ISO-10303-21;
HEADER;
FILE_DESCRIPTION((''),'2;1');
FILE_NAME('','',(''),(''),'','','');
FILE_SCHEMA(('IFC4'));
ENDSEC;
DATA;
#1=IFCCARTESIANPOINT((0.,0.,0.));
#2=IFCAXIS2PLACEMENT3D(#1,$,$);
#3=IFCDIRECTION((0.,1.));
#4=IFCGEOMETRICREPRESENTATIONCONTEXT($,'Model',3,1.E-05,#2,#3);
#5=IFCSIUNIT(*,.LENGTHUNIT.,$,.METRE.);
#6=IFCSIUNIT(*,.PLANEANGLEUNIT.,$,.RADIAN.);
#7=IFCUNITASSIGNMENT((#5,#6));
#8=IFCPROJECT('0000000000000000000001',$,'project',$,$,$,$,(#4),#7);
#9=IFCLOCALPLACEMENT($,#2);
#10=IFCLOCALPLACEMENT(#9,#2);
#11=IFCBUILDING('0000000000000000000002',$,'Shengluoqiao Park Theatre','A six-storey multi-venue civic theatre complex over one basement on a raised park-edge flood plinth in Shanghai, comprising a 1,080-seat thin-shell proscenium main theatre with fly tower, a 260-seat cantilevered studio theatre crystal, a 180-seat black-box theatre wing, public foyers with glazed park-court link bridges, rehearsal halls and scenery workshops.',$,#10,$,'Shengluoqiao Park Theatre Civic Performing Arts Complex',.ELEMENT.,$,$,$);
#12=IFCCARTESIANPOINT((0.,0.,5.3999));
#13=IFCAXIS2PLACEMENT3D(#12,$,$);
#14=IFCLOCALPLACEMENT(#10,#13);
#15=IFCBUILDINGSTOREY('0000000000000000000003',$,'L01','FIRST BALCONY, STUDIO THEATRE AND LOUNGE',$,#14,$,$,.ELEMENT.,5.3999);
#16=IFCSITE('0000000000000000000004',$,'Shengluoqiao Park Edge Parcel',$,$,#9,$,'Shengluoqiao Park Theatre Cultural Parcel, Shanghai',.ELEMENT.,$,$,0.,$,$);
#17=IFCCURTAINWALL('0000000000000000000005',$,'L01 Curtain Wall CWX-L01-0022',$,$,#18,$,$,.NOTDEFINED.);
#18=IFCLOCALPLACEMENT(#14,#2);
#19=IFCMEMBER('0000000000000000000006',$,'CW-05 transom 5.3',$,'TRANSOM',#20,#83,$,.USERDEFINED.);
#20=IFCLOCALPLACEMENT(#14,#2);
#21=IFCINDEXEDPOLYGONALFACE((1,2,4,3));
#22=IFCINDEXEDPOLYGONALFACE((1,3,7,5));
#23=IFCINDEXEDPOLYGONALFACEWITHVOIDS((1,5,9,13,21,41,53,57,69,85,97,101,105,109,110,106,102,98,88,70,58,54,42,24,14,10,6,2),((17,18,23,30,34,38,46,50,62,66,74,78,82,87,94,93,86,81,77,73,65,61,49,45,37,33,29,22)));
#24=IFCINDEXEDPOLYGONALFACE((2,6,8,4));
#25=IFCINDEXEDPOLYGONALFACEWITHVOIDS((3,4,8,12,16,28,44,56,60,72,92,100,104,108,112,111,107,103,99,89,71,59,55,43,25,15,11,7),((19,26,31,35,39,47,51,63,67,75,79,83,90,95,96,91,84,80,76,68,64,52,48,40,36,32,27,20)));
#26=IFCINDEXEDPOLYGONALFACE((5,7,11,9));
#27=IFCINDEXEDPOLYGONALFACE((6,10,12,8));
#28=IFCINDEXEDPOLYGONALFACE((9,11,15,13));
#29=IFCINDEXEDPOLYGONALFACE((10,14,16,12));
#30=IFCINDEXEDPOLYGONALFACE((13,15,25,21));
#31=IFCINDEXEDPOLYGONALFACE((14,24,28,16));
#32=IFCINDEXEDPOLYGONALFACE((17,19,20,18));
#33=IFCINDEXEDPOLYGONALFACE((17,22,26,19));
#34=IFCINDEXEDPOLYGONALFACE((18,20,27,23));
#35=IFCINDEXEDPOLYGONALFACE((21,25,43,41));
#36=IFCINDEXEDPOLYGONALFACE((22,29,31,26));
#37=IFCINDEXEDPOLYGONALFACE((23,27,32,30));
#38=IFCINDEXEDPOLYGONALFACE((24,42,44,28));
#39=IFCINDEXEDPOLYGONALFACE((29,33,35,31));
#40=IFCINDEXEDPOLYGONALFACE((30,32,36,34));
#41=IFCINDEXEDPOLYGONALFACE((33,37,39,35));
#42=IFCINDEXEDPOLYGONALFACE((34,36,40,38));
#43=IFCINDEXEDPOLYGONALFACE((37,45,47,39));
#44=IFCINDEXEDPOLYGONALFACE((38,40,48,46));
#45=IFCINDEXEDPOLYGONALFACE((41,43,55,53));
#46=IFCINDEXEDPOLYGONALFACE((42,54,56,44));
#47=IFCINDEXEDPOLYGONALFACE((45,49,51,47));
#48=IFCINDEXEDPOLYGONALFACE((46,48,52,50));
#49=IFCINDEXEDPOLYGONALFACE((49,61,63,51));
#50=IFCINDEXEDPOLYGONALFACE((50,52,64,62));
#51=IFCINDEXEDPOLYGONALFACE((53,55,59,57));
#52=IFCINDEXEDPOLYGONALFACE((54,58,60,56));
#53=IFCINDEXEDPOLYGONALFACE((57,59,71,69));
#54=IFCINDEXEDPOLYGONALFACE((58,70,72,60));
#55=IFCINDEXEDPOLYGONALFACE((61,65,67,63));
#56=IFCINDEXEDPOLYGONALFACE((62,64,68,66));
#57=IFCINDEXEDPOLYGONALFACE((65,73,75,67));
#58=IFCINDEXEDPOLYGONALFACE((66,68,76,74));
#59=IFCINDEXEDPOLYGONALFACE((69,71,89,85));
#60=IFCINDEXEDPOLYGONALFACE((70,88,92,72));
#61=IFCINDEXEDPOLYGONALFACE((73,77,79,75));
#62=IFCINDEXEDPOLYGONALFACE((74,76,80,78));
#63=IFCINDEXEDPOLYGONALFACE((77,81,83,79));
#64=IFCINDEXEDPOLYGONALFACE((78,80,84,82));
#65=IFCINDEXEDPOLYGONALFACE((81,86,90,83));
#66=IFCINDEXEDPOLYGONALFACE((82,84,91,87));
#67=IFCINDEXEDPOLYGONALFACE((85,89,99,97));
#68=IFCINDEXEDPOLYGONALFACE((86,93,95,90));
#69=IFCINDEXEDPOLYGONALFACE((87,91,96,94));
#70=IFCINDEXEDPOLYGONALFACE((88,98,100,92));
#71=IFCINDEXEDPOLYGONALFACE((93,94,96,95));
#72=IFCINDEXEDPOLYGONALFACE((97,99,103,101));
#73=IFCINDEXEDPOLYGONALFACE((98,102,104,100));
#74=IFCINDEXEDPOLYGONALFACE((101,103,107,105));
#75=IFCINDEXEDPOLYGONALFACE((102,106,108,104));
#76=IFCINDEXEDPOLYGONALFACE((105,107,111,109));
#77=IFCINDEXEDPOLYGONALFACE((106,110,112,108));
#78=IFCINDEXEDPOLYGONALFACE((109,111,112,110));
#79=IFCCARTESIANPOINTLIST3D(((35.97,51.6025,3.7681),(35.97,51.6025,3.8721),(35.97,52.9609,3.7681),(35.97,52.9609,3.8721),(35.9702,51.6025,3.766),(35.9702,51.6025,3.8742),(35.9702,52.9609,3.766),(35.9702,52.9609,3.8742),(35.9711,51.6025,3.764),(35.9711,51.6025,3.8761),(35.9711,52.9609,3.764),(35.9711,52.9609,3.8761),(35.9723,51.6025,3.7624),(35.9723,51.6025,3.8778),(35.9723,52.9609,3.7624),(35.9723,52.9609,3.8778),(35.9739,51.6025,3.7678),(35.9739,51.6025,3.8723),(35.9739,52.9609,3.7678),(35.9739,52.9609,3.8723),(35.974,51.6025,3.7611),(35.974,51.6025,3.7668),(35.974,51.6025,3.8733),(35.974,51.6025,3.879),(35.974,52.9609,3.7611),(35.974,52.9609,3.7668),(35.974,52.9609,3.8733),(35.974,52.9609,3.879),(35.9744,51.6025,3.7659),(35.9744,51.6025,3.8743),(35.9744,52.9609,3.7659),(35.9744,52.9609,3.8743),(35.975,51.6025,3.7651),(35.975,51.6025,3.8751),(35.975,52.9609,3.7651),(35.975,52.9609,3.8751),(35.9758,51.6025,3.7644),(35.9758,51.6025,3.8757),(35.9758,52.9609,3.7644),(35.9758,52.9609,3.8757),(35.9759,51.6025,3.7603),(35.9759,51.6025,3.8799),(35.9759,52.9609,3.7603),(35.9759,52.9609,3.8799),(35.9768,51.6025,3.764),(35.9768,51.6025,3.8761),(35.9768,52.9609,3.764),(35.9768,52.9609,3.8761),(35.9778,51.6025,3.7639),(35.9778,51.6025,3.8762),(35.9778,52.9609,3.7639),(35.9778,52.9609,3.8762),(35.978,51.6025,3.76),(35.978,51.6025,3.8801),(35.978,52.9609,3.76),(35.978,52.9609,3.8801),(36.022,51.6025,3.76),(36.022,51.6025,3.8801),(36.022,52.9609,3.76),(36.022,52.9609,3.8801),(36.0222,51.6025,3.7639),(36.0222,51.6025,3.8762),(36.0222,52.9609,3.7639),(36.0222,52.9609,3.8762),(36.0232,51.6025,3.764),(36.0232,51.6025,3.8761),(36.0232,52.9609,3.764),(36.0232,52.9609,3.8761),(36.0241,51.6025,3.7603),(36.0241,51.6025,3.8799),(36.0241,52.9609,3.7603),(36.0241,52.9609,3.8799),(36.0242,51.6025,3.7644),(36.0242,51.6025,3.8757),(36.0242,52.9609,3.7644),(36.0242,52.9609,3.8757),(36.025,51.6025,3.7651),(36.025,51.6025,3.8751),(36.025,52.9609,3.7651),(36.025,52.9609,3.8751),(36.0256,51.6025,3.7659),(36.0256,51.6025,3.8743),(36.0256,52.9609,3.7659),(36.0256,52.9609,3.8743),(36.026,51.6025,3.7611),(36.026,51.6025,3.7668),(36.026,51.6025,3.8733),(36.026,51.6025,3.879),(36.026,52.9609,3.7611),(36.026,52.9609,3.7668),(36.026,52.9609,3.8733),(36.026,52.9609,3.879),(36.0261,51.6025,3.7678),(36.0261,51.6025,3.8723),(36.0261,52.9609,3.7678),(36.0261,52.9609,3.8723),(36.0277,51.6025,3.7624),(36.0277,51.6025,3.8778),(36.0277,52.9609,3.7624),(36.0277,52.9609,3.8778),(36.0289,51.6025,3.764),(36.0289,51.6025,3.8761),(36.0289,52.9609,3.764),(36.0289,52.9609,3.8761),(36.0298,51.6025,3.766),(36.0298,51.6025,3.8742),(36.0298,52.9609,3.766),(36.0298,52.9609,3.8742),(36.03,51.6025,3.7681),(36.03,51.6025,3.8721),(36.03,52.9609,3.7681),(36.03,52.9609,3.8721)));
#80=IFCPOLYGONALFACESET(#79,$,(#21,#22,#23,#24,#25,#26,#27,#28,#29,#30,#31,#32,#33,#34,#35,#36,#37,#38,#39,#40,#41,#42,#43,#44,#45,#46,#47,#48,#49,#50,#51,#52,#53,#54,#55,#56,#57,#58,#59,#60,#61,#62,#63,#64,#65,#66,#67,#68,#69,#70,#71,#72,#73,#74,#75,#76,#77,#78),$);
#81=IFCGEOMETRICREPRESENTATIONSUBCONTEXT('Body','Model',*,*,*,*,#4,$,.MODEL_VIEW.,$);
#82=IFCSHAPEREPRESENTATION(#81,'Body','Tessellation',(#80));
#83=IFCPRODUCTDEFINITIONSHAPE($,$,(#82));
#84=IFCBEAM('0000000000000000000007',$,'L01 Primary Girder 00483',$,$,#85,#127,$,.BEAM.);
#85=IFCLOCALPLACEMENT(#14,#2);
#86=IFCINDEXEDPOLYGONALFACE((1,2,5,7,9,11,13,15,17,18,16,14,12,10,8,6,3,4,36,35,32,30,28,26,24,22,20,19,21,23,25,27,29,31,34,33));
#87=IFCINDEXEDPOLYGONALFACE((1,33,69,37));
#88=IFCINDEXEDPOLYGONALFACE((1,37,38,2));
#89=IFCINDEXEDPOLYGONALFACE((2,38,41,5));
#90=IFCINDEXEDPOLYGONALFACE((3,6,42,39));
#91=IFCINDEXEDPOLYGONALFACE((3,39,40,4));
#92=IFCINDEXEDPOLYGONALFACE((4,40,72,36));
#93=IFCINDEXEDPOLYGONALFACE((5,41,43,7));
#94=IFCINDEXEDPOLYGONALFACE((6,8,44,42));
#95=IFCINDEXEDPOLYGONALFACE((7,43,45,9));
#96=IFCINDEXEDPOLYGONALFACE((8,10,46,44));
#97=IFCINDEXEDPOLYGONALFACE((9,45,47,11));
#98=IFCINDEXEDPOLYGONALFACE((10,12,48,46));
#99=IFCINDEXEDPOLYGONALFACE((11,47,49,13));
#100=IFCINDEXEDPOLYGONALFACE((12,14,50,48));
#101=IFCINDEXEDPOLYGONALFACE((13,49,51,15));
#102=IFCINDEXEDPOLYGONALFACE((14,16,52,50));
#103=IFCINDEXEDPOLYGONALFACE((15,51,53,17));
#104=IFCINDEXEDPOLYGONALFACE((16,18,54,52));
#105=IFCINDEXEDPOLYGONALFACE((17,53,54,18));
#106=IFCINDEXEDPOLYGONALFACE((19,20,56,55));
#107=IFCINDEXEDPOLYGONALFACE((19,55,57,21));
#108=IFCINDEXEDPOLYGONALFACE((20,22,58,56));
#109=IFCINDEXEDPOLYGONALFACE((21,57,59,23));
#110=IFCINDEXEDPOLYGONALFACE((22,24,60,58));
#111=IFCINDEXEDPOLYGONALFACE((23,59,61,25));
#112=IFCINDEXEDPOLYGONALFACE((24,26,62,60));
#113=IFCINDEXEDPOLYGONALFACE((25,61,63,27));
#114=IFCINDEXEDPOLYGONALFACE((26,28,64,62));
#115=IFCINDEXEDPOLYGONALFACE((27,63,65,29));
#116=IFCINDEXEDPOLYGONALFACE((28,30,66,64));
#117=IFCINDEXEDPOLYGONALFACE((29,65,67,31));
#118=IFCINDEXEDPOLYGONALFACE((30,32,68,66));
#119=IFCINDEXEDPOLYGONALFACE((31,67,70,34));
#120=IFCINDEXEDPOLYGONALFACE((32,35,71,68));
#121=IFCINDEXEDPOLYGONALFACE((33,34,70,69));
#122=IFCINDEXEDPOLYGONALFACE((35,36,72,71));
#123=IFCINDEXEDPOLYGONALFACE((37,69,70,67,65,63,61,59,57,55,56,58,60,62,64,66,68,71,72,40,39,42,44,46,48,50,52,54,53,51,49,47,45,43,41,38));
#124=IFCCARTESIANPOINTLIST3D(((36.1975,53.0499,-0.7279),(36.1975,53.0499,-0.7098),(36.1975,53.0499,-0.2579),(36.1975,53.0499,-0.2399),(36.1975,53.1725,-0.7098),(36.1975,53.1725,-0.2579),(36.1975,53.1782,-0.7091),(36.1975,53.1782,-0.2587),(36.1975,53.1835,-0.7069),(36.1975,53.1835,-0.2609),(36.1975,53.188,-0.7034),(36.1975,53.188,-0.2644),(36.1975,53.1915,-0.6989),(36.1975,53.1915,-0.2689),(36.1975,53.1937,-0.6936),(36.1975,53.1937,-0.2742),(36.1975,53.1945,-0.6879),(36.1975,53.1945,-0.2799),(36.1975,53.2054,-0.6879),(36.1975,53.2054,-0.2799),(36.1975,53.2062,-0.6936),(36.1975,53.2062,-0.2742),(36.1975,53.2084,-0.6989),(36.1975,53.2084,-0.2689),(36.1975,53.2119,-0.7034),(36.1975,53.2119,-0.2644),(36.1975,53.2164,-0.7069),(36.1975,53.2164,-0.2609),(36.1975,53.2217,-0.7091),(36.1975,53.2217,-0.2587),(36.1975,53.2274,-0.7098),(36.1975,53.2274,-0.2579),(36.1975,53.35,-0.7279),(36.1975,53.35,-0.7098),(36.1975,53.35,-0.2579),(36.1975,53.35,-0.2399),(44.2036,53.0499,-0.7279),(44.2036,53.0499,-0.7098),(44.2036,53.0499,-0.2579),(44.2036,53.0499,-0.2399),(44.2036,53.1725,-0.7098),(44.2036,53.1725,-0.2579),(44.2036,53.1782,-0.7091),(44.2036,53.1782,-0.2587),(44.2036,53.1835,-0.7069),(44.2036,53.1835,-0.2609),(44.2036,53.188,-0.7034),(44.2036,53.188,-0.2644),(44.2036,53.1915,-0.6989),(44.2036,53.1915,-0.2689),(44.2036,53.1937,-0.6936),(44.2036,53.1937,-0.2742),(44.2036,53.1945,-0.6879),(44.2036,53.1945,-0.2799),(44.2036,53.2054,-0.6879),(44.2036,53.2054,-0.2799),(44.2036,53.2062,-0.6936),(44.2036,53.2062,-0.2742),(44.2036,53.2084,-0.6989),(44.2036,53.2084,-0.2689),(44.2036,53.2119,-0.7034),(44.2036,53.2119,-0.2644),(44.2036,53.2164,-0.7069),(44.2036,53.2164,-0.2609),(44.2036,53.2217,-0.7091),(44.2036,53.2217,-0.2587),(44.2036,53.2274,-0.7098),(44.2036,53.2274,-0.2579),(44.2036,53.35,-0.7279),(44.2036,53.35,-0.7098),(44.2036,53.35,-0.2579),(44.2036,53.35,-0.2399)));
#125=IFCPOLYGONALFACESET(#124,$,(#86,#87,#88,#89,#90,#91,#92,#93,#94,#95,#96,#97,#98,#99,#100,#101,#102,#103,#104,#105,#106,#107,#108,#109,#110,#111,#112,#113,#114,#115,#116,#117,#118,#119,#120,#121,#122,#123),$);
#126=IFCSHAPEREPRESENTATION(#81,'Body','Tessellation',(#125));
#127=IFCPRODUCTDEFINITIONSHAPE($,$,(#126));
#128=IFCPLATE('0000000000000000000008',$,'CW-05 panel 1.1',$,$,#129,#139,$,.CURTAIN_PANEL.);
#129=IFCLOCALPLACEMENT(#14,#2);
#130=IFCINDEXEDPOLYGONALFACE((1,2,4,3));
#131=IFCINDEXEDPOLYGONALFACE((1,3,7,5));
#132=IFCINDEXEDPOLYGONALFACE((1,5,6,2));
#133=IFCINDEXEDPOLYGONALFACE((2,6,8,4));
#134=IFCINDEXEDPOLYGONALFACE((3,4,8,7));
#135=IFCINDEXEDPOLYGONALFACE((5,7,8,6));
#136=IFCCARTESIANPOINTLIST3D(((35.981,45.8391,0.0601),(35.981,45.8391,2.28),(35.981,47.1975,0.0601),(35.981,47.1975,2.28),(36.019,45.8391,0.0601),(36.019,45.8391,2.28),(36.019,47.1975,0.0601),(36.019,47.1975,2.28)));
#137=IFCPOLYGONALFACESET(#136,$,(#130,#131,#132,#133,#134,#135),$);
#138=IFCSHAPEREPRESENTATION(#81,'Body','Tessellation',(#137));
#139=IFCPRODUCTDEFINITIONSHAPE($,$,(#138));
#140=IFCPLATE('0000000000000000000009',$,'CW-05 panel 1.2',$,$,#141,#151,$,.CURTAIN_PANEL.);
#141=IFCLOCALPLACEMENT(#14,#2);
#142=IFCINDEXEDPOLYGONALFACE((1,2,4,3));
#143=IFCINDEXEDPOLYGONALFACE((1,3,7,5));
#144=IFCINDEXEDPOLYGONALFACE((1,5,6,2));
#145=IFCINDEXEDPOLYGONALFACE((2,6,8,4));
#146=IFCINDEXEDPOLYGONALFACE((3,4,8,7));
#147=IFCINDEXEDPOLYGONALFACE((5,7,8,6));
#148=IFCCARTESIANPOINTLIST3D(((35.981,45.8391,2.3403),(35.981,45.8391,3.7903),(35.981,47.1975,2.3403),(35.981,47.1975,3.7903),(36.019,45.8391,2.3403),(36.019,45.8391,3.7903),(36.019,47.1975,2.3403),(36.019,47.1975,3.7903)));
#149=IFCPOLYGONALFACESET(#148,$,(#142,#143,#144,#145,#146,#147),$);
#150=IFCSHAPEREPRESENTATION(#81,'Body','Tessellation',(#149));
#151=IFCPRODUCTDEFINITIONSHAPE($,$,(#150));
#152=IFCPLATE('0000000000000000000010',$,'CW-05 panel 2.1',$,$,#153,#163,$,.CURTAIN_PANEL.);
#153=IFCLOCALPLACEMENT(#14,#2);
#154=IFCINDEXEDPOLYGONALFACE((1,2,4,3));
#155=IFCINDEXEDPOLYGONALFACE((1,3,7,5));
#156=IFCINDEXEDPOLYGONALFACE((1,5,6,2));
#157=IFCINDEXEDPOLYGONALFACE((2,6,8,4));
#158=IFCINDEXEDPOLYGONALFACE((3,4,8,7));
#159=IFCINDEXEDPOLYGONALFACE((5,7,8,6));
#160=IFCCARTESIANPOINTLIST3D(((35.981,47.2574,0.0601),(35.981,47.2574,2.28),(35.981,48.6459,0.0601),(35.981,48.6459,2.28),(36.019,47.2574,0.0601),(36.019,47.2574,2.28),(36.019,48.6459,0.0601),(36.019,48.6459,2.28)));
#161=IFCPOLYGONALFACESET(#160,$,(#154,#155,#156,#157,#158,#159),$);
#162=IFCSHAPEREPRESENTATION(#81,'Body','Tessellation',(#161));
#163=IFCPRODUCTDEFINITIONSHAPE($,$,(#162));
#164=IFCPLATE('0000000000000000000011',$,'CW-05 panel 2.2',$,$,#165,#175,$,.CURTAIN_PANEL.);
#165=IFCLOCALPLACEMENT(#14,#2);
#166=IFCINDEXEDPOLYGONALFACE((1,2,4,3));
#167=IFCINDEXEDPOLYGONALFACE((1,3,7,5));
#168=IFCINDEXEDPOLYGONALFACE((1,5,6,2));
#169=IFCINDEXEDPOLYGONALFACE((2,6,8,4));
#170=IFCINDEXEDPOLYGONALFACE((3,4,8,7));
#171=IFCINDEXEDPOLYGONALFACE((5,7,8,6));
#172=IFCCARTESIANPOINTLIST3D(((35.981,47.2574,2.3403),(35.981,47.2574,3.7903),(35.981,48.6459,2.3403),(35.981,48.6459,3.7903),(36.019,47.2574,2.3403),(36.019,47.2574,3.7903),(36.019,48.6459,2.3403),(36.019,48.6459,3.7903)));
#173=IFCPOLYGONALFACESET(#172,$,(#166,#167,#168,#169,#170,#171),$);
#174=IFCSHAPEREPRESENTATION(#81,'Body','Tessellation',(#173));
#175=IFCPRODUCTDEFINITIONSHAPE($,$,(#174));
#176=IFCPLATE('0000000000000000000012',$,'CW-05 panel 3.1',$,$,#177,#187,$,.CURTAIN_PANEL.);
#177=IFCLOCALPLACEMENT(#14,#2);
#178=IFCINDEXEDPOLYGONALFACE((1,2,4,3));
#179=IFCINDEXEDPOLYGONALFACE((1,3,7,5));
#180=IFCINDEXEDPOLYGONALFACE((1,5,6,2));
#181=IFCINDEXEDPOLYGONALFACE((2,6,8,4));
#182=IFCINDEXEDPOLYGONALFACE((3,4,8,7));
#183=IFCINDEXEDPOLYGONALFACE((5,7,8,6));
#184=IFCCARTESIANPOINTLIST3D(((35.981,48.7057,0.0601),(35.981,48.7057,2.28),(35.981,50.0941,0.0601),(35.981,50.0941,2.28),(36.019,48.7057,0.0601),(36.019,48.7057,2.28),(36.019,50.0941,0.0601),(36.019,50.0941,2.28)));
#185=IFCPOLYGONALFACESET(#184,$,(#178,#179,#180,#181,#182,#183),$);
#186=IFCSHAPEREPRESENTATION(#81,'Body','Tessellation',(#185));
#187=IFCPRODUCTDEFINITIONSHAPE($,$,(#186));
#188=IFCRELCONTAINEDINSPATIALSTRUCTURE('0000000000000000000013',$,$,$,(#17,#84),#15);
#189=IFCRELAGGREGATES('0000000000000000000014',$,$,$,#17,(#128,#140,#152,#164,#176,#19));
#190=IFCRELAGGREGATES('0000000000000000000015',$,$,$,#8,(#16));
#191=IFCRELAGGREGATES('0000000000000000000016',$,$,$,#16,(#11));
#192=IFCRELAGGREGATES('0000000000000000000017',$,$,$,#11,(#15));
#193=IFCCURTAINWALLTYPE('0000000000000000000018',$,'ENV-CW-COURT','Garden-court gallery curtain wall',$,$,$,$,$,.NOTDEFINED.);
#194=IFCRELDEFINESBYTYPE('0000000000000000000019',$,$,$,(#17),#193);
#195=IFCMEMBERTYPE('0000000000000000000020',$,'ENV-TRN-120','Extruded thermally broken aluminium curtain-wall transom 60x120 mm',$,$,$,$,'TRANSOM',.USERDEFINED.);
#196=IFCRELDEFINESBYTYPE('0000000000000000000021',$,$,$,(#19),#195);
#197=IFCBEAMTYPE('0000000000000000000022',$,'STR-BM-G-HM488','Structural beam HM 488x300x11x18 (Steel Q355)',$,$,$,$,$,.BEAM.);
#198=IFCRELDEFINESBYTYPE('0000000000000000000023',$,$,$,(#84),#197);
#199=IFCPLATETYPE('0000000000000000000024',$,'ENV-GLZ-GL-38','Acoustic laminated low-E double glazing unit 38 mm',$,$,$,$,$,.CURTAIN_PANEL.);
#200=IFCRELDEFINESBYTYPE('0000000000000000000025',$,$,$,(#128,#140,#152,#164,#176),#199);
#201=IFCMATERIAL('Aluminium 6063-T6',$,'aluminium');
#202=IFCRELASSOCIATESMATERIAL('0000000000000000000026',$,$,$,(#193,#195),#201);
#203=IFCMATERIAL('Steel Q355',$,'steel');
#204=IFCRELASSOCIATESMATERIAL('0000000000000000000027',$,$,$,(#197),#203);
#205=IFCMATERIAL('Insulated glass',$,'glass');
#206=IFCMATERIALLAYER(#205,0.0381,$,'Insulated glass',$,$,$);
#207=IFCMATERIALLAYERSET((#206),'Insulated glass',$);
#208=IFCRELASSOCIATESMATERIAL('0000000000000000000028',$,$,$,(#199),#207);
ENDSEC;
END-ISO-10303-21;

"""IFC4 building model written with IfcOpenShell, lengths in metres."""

from ifc_helpers import new_model, si_unit, direction, frame, origin, origin_2d, place, context, subcontext, project, spatial, rectangle, hollow_rectangle, i_section, extrude, material, layer, layer_set, material_profile, profile_set, type_object, element, aggregate, save


model = new_model("IFC4")

# Units and contexts
model_context = context("Model", 3, precision=1e-05, world=origin(), true_north=direction((0.0, 1.0)))
body_context = subcontext(model_context, "Body", "Model", "MODEL_VIEW")
ifc_project = project(units=[si_unit("LENGTHUNIT", "METRE"), si_unit("PLANEANGLEUNIT", "RADIAN")], contexts=[model_context])

# Site, building, storey
site_placement = place(None, origin())
site = spatial("IfcSite", under=ifc_project, at=site_placement, Name="Shengluoqiao Park Edge Parcel", LongName="Shengluoqiao Park Theatre Cultural Parcel, Shanghai", CompositionType="ELEMENT", RefElevation=0.0)
building_placement = place(site_placement, origin())
building = spatial("IfcBuilding", under=site, at=building_placement, Name="Shengluoqiao Park Theatre", Description="A six-storey multi-venue civic theatre complex over one basement on a raised park-edge flood plinth in Shanghai, comprising a 1,080-seat thin-shell proscenium main theatre with fly tower, a 260-seat cantilevered studio theatre crystal, a 180-seat black-box theatre wing, public foyers with glazed park-court link bridges, rehearsal halls and scenery workshops.", LongName="Shengluoqiao Park Theatre Civic Performing Arts Complex", CompositionType="ELEMENT")
storey_placement = place(building_placement, frame((0.0, 0.0, 5.3999)))
storey = spatial("IfcBuildingStorey", under=building, at=storey_placement, Name="L01", Description="FIRST BALCONY, STUDIO THEATRE AND LOUNGE", CompositionType="ELEMENT", Elevation=5.3999)

# Shared definitions
ifc_material_1 = material(Name="Steel Q355", Category="steel")

# Curtain wall
ifc_material_2 = material(Name="Aluminium 6063-T6", Category="aluminium")
curtain_wall_type_1 = type_object("IfcCurtainWallType", Name="ENV-CW-COURT", Description="Garden-court gallery curtain wall", PredefinedType="NOTDEFINED", material=ifc_material_2)
curtain_wall_1_placement = place(storey_placement, origin())
curtain_wall_1 = element("IfcCurtainWall", 1, at=curtain_wall_1_placement, inside=storey, type_object=curtain_wall_type_1, Name="L01 Curtain Wall CWX-L01-0022", PredefinedType="NOTDEFINED")

# Member
ifc_material_profile_1 = material_profile(ifc_material_2, hollow_rectangle(XDim=0.0601, YDim=0.1201, WallThickness=0.0039, InnerFilletRadius=0.0039, OuterFilletRadius=0.0081, at=origin_2d()), Name="ALU TRANSOM 120x60x4")
ifc_profile_set_1 = profile_set([ifc_material_profile_1], Name="Aluminium 6063-T6")
member_type_1 = type_object("IfcMemberType", Name="ENV-TRN-120", Description="Extruded thermally broken aluminium curtain-wall transom 60x120 mm", ElementType="TRANSOM", PredefinedType="USERDEFINED", material=ifc_profile_set_1)
member_1_placement = place(storey_placement, frame((36.0, 51.6025, 3.8201), z_axis=(0.0, 1.0, 0.0), x_axis=(-1.0, 0.0, 0.0)))
member_1 = element("IfcMember", 2, at=member_1_placement, type_object=member_type_1, Name="CW-05 transom 5.3", ObjectType="TRANSOM", PredefinedType="USERDEFINED", context=body_context, shape_type="SweptSolid", body=[
    extrude(hollow_rectangle(XDim=0.0601, YDim=0.1201, WallThickness=0.0039, InnerFilletRadius=0.0039, OuterFilletRadius=0.0081, at=origin_2d()), origin(), (0.0, 0.0, 1.0), 1.3584),
])

# Beam
ifc_material_profile_2 = material_profile(ifc_material_1, i_section(OverallWidth=0.3, OverallDepth=0.488, WebThickness=0.011, FlangeThickness=0.0181, FilletRadius=0.022, at=origin_2d()), Name="HM 488x300x11x18")
ifc_profile_set_2 = profile_set([ifc_material_profile_2], Name="Steel Q355")
beam_type = type_object("IfcBeamType", Name="STR-BM-G-HM488", Description="Structural beam HM 488x300x11x18 (Steel Q355)", PredefinedType="BEAM", material=ifc_profile_set_2)
beam_placement = place(storey_placement, frame((36.1975, 53.2, -0.4839), z_axis=(1.0, 0.0, 0.0), x_axis=(0.0, 1.0, 0.0)))
element("IfcBeam", 3, at=beam_placement, inside=storey, type_object=beam_type, Name="L01 Primary Girder 00483", PredefinedType="BEAM", context=body_context, shape_type="SweptSolid", body=[
    extrude(i_section(OverallWidth=0.3, OverallDepth=0.488, WebThickness=0.011, FlangeThickness=0.0181, FilletRadius=0.022, at=origin_2d()), origin(), (0.0, 0.0, 1.0), 8.0061),
])

# Plates
ifc_material_3 = material(Name="Insulated glass", Category="glass")
ifc_layer = layer(ifc_material_3, 0.0381, Name="Insulated glass")
ifc_layer_set = layer_set([ifc_layer], Name="Insulated glass")
plate_type = type_object("IfcPlateType", Name="ENV-GLZ-GL-38", Description="Acoustic laminated low-E double glazing unit 38 mm", PredefinedType="CURTAIN_PANEL", material=ifc_layer_set)
plate_1_placement = place(storey_placement, frame((36.0, 46.5183, 0.0601), z_axis=(0.0, 0.0, 1.0), x_axis=(0.0, 1.0, 0.0)))
plate_1 = element("IfcPlate", 4, at=plate_1_placement, type_object=plate_type, Name="CW-05 panel 1.1", PredefinedType="CURTAIN_PANEL", context=body_context, shape_type="SweptSolid", body=[
    extrude(rectangle(XDim=1.3584, YDim=0.0381, at=origin_2d()), origin(), (0.0, 0.0, 1.0), 2.22),
])
plate_2_placement = place(storey_placement, frame((36.0, 46.5183, 2.3403), z_axis=(0.0, 0.0, 1.0), x_axis=(0.0, 1.0, 0.0)))
plate_2 = element("IfcPlate", 5, at=plate_2_placement, type_object=plate_type, Name="CW-05 panel 1.2", PredefinedType="CURTAIN_PANEL", context=body_context, shape_type="SweptSolid", body=[
    extrude(rectangle(XDim=1.3584, YDim=0.0381, at=origin_2d()), origin(), (0.0, 0.0, 1.0), 1.45),
])
plate_3_placement = place(storey_placement, frame((36.0, 47.9517, 0.0601), z_axis=(0.0, 0.0, 1.0), x_axis=(0.0, 1.0, 0.0)))
plate_3 = element("IfcPlate", 6, at=plate_3_placement, type_object=plate_type, Name="CW-05 panel 2.1", PredefinedType="CURTAIN_PANEL", context=body_context, shape_type="SweptSolid", body=[
    extrude(rectangle(XDim=1.3884, YDim=0.0381, at=origin_2d()), origin(), (0.0, 0.0, 1.0), 2.22),
])
plate_4_placement = place(storey_placement, frame((36.0, 47.9517, 2.3403), z_axis=(0.0, 0.0, 1.0), x_axis=(0.0, 1.0, 0.0)))
plate_4 = element("IfcPlate", 7, at=plate_4_placement, type_object=plate_type, Name="CW-05 panel 2.2", PredefinedType="CURTAIN_PANEL", context=body_context, shape_type="SweptSolid", body=[
    extrude(rectangle(XDim=1.3884, YDim=0.0381, at=origin_2d()), origin(), (0.0, 0.0, 1.0), 1.45),
])
plate_5_placement = place(storey_placement, frame((36.0, 49.3999, 0.0601), z_axis=(0.0, 0.0, 1.0), x_axis=(0.0, 1.0, 0.0)))
plate_5 = element("IfcPlate", 8, at=plate_5_placement, type_object=plate_type, Name="CW-05 panel 3.1", PredefinedType="CURTAIN_PANEL", context=body_context, shape_type="SweptSolid", body=[
    extrude(rectangle(XDim=1.3884, YDim=0.0381, at=origin_2d()), origin(), (0.0, 0.0, 1.0), 2.22),
])
aggregate(curtain_wall_1, [plate_1, plate_2, plate_3, plate_4, plate_5, member_1])

save(model, "model.ifc")
